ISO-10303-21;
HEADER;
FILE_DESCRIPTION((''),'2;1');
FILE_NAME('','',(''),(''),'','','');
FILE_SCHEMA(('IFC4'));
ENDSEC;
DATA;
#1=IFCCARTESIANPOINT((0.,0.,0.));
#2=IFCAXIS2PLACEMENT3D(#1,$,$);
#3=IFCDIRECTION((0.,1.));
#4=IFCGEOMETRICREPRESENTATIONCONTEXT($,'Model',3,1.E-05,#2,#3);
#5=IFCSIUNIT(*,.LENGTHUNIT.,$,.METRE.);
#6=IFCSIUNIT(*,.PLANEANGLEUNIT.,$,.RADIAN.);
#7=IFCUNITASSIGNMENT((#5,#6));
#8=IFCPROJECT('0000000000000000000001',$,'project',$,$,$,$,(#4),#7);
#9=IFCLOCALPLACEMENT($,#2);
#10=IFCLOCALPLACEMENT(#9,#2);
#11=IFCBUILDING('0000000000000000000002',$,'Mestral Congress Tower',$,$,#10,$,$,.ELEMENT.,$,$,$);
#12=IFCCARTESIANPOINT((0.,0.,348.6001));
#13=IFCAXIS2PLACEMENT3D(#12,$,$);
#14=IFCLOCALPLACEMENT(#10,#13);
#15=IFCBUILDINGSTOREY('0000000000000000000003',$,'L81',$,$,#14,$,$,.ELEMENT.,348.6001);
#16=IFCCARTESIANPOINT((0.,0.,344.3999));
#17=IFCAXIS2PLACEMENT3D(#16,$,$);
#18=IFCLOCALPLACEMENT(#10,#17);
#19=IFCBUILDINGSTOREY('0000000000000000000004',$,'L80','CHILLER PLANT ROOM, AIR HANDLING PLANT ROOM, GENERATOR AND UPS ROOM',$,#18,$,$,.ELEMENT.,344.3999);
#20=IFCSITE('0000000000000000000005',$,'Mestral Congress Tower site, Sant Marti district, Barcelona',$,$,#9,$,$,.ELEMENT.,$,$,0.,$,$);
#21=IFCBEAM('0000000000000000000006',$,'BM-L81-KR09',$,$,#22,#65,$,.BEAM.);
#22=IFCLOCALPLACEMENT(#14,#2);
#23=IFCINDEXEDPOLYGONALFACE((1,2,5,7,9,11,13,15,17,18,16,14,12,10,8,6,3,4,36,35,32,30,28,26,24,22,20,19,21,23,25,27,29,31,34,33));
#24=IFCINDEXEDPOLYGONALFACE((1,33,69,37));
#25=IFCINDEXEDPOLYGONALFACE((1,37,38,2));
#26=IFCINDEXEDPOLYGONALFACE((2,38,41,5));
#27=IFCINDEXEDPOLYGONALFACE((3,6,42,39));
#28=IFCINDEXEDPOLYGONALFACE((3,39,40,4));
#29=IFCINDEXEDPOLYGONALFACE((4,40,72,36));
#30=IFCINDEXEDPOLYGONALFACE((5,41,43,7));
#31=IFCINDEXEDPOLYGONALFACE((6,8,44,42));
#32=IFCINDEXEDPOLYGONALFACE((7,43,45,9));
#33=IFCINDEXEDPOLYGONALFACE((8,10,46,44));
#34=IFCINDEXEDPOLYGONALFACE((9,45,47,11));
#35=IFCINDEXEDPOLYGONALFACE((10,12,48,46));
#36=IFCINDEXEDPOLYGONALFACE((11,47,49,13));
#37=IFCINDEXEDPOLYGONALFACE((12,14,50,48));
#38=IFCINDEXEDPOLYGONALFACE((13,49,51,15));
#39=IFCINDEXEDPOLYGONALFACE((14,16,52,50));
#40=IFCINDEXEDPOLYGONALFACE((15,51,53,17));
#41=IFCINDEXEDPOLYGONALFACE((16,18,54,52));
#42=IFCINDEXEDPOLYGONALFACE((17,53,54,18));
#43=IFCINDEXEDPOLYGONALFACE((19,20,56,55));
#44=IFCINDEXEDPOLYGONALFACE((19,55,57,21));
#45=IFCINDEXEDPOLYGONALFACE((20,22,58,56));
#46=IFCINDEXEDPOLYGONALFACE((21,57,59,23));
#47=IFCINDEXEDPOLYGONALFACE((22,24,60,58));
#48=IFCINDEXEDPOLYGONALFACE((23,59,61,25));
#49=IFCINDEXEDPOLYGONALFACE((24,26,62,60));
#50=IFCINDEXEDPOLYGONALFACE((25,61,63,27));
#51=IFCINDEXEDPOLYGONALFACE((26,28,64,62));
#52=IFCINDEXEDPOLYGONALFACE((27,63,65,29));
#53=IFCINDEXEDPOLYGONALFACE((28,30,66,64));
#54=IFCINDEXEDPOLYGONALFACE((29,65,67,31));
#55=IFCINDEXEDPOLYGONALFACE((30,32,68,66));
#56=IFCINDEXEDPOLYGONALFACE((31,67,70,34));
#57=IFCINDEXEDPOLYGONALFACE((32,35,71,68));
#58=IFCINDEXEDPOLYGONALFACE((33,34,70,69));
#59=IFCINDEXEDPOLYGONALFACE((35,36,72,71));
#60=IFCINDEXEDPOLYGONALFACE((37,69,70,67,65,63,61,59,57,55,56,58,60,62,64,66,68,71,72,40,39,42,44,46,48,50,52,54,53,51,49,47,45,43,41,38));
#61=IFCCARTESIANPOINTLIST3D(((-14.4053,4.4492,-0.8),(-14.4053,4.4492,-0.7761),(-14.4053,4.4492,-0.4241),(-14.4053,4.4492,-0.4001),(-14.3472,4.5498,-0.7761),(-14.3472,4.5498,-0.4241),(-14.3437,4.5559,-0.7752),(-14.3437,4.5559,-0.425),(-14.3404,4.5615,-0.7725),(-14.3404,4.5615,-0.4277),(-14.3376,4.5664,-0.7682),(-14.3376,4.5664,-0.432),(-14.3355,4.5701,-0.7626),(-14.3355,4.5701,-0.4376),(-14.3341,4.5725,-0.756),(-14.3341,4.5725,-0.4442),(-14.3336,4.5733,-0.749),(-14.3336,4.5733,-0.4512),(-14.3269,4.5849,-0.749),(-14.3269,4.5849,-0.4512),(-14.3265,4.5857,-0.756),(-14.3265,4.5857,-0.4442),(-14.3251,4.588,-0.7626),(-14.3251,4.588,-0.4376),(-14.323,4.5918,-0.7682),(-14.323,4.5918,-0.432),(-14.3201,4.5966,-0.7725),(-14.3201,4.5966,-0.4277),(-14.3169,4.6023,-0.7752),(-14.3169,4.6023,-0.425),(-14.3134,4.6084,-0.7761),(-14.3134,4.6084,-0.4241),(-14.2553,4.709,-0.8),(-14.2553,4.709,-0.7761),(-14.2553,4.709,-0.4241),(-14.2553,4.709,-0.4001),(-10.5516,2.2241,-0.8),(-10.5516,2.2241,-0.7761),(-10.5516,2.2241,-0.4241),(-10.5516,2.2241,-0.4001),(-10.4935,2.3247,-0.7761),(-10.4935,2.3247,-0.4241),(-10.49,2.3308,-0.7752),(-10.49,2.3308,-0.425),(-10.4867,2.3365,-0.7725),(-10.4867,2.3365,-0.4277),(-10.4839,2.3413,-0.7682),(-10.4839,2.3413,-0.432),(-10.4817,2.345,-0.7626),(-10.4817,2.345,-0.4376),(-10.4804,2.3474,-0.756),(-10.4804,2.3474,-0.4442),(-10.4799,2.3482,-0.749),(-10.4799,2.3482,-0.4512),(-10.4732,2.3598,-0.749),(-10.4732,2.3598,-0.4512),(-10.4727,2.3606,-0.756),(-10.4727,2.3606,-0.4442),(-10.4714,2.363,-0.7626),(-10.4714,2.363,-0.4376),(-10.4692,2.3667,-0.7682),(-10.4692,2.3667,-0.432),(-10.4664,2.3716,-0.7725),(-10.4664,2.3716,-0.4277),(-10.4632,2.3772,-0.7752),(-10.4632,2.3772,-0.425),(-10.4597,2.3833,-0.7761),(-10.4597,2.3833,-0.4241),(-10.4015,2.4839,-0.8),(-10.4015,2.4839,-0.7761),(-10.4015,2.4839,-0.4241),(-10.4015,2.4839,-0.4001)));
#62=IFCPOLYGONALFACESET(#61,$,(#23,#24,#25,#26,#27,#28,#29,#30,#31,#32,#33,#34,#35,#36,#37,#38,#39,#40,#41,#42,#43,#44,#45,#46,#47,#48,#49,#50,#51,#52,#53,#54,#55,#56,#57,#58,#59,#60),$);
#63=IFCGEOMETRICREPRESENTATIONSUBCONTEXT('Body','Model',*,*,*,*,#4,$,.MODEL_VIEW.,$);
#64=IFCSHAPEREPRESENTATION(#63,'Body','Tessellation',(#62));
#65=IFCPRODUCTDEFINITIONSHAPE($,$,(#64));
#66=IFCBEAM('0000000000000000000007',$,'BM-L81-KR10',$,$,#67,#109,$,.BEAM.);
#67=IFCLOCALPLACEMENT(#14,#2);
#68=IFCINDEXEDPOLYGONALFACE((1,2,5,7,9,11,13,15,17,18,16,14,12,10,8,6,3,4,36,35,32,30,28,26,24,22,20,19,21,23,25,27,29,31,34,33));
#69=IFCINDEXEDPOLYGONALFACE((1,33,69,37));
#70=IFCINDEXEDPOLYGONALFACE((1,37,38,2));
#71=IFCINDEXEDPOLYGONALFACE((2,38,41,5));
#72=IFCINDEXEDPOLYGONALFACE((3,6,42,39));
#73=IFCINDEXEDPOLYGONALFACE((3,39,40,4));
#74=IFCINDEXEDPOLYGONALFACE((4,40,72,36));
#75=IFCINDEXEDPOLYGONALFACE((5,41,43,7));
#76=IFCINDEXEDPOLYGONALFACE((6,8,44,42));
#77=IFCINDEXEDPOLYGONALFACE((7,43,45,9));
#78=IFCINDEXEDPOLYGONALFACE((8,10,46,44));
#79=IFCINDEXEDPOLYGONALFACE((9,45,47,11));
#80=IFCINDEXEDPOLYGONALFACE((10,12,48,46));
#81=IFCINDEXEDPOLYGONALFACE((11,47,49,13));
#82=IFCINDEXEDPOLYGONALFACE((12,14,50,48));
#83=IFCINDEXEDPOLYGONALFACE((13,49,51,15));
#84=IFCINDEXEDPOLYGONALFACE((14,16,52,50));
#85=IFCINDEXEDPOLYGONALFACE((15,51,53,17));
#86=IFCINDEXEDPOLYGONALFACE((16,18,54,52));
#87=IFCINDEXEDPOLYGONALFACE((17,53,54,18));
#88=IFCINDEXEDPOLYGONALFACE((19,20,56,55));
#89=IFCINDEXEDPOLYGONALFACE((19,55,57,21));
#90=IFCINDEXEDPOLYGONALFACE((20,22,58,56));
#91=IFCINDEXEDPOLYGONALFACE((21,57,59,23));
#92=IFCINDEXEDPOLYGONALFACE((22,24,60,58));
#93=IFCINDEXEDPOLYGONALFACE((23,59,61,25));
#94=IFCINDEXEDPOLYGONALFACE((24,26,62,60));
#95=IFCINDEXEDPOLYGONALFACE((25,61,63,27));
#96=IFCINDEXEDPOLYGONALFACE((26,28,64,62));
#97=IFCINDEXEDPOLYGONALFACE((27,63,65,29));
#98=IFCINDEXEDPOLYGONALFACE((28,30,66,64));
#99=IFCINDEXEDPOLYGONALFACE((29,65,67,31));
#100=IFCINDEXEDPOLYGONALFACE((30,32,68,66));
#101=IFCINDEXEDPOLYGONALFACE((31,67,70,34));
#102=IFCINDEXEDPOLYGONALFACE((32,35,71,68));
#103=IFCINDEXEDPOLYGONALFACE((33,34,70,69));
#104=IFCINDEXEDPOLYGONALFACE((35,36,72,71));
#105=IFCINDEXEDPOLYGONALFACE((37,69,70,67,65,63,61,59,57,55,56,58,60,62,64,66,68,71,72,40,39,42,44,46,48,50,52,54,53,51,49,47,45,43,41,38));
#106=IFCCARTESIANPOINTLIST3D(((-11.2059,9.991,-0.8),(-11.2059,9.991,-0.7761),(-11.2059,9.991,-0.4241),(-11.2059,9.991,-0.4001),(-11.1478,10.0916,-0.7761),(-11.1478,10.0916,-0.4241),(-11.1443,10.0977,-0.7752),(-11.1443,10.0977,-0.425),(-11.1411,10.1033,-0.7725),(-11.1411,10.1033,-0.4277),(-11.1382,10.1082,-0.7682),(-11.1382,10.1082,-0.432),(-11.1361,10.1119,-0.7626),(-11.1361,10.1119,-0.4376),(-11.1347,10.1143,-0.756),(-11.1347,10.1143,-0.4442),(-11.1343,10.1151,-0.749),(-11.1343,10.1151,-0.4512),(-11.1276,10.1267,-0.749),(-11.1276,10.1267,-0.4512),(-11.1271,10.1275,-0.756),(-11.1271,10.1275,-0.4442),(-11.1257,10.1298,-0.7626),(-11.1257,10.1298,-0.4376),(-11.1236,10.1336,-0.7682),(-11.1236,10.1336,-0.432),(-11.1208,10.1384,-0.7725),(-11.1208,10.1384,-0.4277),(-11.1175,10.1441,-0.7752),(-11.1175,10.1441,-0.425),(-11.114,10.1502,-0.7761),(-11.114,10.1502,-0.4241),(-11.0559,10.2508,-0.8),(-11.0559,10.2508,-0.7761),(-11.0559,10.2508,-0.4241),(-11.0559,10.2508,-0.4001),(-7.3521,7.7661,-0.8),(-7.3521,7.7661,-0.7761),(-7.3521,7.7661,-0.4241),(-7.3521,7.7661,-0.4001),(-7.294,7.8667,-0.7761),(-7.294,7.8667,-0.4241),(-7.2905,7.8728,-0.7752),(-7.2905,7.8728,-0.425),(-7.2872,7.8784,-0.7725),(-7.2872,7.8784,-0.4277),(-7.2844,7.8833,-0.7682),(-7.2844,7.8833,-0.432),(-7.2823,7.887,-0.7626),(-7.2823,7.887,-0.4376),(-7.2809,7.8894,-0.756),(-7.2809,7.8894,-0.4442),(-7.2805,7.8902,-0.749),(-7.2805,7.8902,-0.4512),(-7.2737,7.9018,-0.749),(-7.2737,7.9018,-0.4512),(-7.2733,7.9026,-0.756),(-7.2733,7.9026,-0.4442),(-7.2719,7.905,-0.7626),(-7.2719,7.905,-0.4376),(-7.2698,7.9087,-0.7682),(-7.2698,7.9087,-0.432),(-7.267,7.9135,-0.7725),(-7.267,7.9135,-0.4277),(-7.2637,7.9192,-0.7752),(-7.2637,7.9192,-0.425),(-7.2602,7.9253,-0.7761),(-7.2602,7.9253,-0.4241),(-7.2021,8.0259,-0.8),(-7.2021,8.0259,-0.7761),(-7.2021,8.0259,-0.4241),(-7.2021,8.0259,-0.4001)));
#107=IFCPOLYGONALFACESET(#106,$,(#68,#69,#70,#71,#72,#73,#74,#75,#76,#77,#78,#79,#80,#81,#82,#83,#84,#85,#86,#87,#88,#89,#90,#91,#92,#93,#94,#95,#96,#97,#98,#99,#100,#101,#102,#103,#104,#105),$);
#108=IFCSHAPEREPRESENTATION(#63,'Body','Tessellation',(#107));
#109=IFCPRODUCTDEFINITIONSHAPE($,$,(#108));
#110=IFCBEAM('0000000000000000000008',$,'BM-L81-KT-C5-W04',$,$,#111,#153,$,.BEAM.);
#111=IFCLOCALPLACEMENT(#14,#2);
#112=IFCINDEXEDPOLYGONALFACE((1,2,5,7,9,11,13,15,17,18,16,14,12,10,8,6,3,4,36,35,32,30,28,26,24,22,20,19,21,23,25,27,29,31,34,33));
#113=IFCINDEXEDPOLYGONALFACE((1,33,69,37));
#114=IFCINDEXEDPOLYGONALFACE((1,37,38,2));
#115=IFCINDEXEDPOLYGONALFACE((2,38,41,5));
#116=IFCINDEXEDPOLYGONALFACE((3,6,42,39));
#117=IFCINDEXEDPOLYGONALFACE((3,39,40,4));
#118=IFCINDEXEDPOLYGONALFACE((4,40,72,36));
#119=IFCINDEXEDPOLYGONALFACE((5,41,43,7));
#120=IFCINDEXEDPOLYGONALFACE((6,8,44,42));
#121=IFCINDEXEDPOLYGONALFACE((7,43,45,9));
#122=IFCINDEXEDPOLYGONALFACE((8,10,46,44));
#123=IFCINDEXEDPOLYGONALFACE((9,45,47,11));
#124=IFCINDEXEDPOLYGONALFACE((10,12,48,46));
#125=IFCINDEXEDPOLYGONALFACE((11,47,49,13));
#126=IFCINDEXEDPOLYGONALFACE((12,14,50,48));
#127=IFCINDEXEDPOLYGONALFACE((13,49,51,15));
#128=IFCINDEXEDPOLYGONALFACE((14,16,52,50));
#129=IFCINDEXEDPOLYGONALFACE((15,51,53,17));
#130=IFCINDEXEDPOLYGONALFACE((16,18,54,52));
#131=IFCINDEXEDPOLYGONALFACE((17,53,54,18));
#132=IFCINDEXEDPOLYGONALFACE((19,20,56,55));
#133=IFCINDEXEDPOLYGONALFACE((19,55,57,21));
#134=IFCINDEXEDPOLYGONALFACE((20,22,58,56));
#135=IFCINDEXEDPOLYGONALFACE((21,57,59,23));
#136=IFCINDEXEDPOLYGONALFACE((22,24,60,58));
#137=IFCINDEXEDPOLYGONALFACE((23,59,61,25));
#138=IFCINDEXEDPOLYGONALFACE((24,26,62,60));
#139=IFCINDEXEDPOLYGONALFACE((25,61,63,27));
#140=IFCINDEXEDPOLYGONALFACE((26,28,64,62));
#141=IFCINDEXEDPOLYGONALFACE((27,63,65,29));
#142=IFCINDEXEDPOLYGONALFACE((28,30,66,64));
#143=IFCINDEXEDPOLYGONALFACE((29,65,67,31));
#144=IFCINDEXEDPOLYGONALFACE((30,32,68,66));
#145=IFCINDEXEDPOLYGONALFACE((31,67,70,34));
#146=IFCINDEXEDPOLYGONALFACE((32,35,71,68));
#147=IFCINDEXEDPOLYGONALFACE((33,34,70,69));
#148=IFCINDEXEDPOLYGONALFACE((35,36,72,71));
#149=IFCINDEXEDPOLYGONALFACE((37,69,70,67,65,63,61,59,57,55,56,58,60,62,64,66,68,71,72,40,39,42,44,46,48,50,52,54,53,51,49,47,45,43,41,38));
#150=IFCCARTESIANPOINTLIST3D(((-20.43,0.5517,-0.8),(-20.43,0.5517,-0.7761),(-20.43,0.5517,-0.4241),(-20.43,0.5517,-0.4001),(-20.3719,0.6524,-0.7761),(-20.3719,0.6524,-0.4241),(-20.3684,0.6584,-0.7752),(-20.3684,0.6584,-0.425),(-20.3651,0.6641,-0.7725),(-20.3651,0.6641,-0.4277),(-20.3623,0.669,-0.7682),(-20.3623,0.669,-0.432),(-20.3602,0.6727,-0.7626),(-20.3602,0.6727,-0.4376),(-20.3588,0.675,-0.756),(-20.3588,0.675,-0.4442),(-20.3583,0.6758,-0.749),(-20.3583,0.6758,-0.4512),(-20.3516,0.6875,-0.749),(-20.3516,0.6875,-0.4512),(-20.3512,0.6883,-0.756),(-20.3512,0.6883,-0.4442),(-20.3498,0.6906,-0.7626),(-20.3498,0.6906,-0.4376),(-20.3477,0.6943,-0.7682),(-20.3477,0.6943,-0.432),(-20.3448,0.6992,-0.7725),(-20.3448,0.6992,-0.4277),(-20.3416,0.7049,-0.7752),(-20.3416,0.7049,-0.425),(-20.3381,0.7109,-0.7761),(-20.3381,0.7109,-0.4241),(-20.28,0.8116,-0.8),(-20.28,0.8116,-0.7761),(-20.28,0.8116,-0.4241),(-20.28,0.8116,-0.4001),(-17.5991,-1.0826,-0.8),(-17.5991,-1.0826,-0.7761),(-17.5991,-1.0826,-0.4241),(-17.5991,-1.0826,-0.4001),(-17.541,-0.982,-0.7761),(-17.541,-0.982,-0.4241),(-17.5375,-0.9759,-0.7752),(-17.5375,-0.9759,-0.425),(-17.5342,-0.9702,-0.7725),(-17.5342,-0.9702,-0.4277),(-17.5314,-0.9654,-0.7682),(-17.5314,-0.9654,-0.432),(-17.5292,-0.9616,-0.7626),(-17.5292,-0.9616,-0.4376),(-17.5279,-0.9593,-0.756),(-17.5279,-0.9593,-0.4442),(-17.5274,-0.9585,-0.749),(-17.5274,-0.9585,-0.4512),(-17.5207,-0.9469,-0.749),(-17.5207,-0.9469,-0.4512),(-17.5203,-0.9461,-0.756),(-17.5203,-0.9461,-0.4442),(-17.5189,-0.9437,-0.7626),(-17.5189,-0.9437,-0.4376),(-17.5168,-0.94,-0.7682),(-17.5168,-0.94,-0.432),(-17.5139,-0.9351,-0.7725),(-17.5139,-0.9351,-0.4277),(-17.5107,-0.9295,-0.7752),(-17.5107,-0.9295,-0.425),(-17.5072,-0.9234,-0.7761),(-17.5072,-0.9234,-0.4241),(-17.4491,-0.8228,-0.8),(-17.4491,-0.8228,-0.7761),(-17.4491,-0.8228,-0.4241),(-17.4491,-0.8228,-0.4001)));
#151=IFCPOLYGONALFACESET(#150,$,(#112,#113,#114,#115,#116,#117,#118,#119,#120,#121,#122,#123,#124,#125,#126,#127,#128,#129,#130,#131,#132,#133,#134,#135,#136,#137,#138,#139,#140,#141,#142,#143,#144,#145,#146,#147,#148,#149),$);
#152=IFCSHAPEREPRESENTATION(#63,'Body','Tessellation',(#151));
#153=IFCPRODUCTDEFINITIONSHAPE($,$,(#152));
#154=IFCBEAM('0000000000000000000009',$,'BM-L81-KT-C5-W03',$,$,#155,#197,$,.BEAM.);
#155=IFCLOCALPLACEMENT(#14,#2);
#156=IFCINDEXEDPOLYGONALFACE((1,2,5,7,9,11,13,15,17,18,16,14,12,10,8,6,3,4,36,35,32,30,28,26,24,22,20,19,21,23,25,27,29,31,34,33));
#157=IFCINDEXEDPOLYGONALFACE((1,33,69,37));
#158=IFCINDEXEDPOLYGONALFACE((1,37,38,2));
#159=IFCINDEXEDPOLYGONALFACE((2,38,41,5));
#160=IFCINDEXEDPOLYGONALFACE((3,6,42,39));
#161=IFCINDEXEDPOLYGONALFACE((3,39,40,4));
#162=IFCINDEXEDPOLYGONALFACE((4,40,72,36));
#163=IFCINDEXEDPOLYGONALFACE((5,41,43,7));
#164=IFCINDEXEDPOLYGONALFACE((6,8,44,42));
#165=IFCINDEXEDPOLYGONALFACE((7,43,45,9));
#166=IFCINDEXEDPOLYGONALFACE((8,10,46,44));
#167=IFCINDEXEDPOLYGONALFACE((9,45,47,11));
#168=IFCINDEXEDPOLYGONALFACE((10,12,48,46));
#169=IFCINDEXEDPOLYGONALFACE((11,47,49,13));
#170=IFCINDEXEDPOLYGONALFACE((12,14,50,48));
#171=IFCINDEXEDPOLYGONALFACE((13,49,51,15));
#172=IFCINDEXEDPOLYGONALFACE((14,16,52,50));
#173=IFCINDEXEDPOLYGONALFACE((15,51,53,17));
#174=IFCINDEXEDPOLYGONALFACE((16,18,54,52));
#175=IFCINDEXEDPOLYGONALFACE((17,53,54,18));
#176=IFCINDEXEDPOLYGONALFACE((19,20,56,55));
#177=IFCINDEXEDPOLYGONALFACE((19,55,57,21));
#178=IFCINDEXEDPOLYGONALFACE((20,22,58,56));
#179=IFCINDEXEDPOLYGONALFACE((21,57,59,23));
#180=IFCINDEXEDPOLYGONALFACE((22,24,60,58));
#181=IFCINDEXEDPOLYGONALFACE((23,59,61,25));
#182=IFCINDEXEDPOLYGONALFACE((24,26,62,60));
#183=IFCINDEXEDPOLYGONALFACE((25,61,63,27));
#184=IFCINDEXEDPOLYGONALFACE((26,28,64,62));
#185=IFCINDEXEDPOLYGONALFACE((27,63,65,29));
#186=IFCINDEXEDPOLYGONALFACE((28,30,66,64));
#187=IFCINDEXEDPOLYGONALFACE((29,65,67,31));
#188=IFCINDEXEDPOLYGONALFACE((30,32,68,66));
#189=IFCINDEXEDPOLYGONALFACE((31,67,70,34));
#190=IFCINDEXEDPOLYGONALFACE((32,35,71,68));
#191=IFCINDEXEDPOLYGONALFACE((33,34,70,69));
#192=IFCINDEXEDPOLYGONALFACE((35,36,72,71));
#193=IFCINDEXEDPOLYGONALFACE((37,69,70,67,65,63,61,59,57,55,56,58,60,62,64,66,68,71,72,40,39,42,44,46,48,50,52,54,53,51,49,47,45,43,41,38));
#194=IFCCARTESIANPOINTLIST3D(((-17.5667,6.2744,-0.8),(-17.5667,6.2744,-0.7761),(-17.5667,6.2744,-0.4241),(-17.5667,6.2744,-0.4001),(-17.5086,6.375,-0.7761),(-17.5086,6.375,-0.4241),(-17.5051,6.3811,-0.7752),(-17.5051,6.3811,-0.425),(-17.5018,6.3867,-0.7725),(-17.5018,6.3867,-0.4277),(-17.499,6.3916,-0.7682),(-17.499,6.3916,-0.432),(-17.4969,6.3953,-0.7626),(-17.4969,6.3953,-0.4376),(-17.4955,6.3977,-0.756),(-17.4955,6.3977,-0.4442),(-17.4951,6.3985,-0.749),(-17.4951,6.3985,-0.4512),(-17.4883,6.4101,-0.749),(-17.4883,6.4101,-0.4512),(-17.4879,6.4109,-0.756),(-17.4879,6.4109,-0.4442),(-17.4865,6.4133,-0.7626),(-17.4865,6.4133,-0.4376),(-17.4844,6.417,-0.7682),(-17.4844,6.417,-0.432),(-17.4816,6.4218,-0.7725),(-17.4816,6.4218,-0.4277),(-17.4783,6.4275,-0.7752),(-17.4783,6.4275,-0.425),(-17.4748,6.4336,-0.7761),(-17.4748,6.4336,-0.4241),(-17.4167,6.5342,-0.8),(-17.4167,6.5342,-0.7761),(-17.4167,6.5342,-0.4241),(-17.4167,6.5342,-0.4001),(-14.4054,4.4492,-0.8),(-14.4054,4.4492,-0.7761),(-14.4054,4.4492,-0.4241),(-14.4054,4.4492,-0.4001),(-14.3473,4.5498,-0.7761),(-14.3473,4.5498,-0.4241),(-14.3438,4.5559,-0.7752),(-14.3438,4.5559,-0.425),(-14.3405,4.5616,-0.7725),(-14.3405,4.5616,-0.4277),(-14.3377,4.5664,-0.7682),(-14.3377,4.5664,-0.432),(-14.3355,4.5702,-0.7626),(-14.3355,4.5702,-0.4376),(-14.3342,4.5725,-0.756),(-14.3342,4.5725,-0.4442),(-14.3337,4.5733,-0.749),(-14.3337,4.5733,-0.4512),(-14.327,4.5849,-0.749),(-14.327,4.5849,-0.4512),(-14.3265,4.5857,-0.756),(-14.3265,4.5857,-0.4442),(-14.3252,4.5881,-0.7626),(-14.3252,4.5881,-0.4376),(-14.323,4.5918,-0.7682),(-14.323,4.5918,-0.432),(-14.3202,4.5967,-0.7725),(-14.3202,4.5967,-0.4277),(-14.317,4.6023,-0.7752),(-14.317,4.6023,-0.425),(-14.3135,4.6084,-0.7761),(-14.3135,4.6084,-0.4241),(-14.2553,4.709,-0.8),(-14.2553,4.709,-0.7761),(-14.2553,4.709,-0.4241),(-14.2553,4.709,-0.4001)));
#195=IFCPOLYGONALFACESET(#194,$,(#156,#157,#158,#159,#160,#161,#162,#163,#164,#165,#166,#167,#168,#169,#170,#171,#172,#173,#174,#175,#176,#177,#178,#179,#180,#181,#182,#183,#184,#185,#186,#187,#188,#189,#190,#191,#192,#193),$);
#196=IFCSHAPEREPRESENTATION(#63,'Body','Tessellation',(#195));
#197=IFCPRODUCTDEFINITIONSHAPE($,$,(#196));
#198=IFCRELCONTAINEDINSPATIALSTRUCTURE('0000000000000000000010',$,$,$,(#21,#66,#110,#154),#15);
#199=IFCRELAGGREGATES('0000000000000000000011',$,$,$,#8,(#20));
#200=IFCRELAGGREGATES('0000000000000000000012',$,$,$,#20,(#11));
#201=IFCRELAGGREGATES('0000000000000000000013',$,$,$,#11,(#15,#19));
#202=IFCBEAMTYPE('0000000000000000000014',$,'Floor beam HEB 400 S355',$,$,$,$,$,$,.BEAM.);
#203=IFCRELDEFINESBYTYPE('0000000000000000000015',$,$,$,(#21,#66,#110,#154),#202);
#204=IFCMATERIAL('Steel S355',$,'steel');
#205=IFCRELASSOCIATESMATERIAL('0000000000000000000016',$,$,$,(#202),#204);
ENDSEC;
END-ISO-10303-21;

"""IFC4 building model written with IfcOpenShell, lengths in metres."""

from ifc_helpers import new_model, si_unit, direction, frame, origin, origin_2d, place, context, subcontext, project, spatial, i_section, extrude, material, material_profile, profile_set, type_object, element, save


model = new_model("IFC4")

# Units and contexts
model_context = context("Model", 3, precision=1e-05, world=origin(), true_north=direction((0.0, 1.0)))
body_context = subcontext(model_context, "Body", "Model", "MODEL_VIEW")
ifc_project = project(units=[si_unit("LENGTHUNIT", "METRE"), si_unit("PLANEANGLEUNIT", "RADIAN")], contexts=[model_context])

# Site, building, storey
site_placement = place(None, origin())
site = spatial("IfcSite", under=ifc_project, at=site_placement, Name="Mestral Congress Tower site, Sant Marti district, Barcelona", CompositionType="ELEMENT", RefElevation=0.0)
building_placement = place(site_placement, origin())
building = spatial("IfcBuilding", under=site, at=building_placement, Name="Mestral Congress Tower", CompositionType="ELEMENT")
storey_1_placement = place(building_placement, frame((0.0, 0.0, 348.6001)))
storey_1 = spatial("IfcBuildingStorey", under=building, at=storey_1_placement, Name="L81", CompositionType="ELEMENT", Elevation=348.6001)

# Beams
ifc_material_1 = material(Name="Steel S355", Category="steel")
ifc_material_profile_1 = material_profile(ifc_material_1, i_section(OverallWidth=0.3, OverallDepth=0.3999, WebThickness=0.0134, FlangeThickness=0.0239, FilletRadius=0.0271, at=origin_2d()), Name="HEB 400")
ifc_profile_set_1 = profile_set([ifc_material_profile_1], Name="Steel S355")
beam_type_1 = type_object("IfcBeamType", Name="Floor beam HEB 400 S355", PredefinedType="BEAM", material=ifc_profile_set_1)
for number, where, z_axis, x_axis, name in (
    (1, (-10.4766, 2.354, -0.6001), (-0.866013, 0.500022, 0.0), (-0.500022, -0.866013, 0.0), "BM-L81-KR09"),
    (2, (-7.2771, 7.896, -0.6001), (-0.866037, 0.49998, 0.0), (-0.49998, -0.866037, 0.0), "BM-L81-KR10"),
):
    element("IfcBeam", number, at=place(storey_1_placement, frame(where, z_axis=z_axis, x_axis=x_axis)), inside=storey_1, type_object=beam_type_1, Name=name, PredefinedType="BEAM", context=body_context, shape_type="SweptSolid", body=[
        extrude(i_section(OverallWidth=0.3, OverallDepth=0.3999, WebThickness=0.0134, FlangeThickness=0.0239, FilletRadius=0.0271, at=origin_2d()), origin(), (0.0, 0.0, 1.0), 4.45),
    ])
beam_1_placement = place(storey_1_placement, frame((-20.355, 0.6816, -0.6001), z_axis=(0.866038, -0.499979, 0.0), x_axis=(0.499979, 0.866038, 0.0)))
element("IfcBeam", 3, at=beam_1_placement, inside=storey_1, type_object=beam_type_1, Name="BM-L81-KT-C5-W04", PredefinedType="BEAM", context=body_context, shape_type="SweptSolid", body=[
    extrude(i_section(OverallWidth=0.3, OverallDepth=0.3999, WebThickness=0.0134, FlangeThickness=0.0239, FilletRadius=0.0271, at=origin_2d()), origin(), (0.0, 0.0, 1.0), 3.2688),
])
beam_2_placement = place(storey_1_placement, frame((-17.4917, 6.4043, -0.6001), z_axis=(0.866029, -0.499995, 0.0), x_axis=(0.499995, 0.866029, 0.0)))
element("IfcBeam", 4, at=beam_2_placement, inside=storey_1, type_object=beam_type_1, Name="BM-L81-KT-C5-W03", PredefinedType="BEAM", context=body_context, shape_type="SweptSolid", body=[
    extrude(i_section(OverallWidth=0.3, OverallDepth=0.3999, WebThickness=0.0134, FlangeThickness=0.0239, FilletRadius=0.0271, at=origin_2d()), origin(), (0.0, 0.0, 1.0), 3.6504),
])

# Shared definitions
storey_2_placement = place(building_placement, frame((0.0, 0.0, 344.3999)))
storey_2 = spatial("IfcBuildingStorey", under=building, at=storey_2_placement, Name="L80", Description="CHILLER PLANT ROOM, AIR HANDLING PLANT ROOM, GENERATOR AND UPS ROOM", CompositionType="ELEMENT", Elevation=344.3999)

save(model, "model.ifc")
